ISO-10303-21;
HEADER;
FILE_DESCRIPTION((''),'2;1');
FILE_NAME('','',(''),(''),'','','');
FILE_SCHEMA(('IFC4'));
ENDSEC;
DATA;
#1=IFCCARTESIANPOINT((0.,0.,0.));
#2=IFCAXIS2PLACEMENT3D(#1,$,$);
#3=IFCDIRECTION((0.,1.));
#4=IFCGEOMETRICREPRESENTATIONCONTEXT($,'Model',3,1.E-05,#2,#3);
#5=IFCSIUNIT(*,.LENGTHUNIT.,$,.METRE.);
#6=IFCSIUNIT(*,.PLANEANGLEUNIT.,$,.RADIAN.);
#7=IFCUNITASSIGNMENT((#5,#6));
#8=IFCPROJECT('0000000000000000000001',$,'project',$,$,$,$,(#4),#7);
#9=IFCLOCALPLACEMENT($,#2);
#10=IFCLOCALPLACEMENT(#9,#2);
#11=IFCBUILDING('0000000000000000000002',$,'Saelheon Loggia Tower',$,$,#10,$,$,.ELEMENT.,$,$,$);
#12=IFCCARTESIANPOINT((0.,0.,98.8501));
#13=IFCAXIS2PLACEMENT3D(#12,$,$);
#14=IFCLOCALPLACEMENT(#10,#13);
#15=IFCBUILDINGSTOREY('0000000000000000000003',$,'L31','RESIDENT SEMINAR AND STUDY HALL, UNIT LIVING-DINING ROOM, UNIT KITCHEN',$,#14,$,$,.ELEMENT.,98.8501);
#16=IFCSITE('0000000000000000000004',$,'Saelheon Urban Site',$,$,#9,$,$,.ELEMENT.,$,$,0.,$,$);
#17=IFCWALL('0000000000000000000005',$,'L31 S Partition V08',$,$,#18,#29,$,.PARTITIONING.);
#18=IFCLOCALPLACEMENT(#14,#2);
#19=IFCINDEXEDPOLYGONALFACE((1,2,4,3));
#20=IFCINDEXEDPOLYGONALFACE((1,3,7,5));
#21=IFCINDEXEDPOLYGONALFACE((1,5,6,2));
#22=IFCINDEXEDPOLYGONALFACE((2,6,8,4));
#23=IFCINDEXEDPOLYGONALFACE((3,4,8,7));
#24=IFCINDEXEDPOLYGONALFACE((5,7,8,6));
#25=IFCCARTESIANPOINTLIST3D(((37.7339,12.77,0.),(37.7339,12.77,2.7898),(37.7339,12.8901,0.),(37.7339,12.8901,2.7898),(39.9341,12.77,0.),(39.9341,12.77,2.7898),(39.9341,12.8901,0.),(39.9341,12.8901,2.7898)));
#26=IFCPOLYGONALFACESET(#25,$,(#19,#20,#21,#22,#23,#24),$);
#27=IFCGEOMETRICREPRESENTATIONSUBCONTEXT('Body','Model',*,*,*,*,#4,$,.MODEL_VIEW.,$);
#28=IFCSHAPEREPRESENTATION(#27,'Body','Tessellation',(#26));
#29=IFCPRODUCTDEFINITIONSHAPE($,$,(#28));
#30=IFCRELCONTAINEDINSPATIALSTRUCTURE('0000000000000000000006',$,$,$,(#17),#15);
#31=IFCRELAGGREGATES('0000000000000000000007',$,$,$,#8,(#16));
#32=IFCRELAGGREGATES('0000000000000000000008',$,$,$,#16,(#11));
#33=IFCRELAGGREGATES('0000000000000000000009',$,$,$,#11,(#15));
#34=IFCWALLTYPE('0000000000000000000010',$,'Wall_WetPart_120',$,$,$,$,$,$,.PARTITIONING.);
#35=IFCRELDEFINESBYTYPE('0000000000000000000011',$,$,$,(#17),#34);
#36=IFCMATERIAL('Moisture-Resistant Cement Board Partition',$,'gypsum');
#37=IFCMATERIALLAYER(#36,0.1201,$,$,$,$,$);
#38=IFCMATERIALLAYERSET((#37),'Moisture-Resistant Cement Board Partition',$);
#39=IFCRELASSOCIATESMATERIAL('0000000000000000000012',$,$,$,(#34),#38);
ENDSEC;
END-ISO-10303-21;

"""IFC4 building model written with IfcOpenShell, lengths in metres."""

from ifc_helpers import new_model, si_unit, direction, frame, frame_2d, origin, place, context, subcontext, project, spatial, rectangle, extrude, material, layer, layer_set, type_object, element, save


model = new_model("IFC4")

# Units and contexts
model_context = context("Model", 3, precision=1e-05, world=origin(), true_north=direction((0.0, 1.0)))
body_context = subcontext(model_context, "Body", "Model", "MODEL_VIEW")
ifc_project = project(units=[si_unit("LENGTHUNIT", "METRE"), si_unit("PLANEANGLEUNIT", "RADIAN")], contexts=[model_context])

# Site, building, storey
site_placement = place(None, origin())
site = spatial("IfcSite", under=ifc_project, at=site_placement, Name="Saelheon Urban Site", CompositionType="ELEMENT", RefElevation=0.0)
building_placement = place(site_placement, origin())
building = spatial("IfcBuilding", under=site, at=building_placement, Name="Saelheon Loggia Tower", CompositionType="ELEMENT")
storey_placement = place(building_placement, frame((0.0, 0.0, 98.8501)))
storey = spatial("IfcBuildingStorey", under=building, at=storey_placement, Name="L31", Description="RESIDENT SEMINAR AND STUDY HALL, UNIT LIVING-DINING ROOM, UNIT KITCHEN", CompositionType="ELEMENT", Elevation=98.8501)

# Wall
ifc_material_1 = material(Name="Moisture-Resistant Cement Board Partition", Category="gypsum")
ifc_layer_1 = layer(ifc_material_1, 0.1201)
ifc_layer_set_1 = layer_set([ifc_layer_1], Name="Moisture-Resistant Cement Board Partition")
wall_type_1 = type_object("IfcWallType", Name="Wall_WetPart_120", PredefinedType="PARTITIONING", material=ifc_layer_set_1)
wall_1_placement = place(storey_placement, frame((37.7339, 12.8301, 0.0), z_axis=(0.0, 0.0, 1.0), x_axis=(1.0, 0.0, 0.0)))
element("IfcWall", 1, at=wall_1_placement, inside=storey, type_object=wall_type_1, Name="L31 S Partition V08", PredefinedType="PARTITIONING", context=body_context, shape_type="SweptSolid", body=[
    extrude(rectangle(XDim=2.2002, YDim=0.1201, at=frame_2d((1.1001, 0.0))), origin(), (0.0, 0.0, 1.0), 2.7898),
])

save(model, "model.ifc")
